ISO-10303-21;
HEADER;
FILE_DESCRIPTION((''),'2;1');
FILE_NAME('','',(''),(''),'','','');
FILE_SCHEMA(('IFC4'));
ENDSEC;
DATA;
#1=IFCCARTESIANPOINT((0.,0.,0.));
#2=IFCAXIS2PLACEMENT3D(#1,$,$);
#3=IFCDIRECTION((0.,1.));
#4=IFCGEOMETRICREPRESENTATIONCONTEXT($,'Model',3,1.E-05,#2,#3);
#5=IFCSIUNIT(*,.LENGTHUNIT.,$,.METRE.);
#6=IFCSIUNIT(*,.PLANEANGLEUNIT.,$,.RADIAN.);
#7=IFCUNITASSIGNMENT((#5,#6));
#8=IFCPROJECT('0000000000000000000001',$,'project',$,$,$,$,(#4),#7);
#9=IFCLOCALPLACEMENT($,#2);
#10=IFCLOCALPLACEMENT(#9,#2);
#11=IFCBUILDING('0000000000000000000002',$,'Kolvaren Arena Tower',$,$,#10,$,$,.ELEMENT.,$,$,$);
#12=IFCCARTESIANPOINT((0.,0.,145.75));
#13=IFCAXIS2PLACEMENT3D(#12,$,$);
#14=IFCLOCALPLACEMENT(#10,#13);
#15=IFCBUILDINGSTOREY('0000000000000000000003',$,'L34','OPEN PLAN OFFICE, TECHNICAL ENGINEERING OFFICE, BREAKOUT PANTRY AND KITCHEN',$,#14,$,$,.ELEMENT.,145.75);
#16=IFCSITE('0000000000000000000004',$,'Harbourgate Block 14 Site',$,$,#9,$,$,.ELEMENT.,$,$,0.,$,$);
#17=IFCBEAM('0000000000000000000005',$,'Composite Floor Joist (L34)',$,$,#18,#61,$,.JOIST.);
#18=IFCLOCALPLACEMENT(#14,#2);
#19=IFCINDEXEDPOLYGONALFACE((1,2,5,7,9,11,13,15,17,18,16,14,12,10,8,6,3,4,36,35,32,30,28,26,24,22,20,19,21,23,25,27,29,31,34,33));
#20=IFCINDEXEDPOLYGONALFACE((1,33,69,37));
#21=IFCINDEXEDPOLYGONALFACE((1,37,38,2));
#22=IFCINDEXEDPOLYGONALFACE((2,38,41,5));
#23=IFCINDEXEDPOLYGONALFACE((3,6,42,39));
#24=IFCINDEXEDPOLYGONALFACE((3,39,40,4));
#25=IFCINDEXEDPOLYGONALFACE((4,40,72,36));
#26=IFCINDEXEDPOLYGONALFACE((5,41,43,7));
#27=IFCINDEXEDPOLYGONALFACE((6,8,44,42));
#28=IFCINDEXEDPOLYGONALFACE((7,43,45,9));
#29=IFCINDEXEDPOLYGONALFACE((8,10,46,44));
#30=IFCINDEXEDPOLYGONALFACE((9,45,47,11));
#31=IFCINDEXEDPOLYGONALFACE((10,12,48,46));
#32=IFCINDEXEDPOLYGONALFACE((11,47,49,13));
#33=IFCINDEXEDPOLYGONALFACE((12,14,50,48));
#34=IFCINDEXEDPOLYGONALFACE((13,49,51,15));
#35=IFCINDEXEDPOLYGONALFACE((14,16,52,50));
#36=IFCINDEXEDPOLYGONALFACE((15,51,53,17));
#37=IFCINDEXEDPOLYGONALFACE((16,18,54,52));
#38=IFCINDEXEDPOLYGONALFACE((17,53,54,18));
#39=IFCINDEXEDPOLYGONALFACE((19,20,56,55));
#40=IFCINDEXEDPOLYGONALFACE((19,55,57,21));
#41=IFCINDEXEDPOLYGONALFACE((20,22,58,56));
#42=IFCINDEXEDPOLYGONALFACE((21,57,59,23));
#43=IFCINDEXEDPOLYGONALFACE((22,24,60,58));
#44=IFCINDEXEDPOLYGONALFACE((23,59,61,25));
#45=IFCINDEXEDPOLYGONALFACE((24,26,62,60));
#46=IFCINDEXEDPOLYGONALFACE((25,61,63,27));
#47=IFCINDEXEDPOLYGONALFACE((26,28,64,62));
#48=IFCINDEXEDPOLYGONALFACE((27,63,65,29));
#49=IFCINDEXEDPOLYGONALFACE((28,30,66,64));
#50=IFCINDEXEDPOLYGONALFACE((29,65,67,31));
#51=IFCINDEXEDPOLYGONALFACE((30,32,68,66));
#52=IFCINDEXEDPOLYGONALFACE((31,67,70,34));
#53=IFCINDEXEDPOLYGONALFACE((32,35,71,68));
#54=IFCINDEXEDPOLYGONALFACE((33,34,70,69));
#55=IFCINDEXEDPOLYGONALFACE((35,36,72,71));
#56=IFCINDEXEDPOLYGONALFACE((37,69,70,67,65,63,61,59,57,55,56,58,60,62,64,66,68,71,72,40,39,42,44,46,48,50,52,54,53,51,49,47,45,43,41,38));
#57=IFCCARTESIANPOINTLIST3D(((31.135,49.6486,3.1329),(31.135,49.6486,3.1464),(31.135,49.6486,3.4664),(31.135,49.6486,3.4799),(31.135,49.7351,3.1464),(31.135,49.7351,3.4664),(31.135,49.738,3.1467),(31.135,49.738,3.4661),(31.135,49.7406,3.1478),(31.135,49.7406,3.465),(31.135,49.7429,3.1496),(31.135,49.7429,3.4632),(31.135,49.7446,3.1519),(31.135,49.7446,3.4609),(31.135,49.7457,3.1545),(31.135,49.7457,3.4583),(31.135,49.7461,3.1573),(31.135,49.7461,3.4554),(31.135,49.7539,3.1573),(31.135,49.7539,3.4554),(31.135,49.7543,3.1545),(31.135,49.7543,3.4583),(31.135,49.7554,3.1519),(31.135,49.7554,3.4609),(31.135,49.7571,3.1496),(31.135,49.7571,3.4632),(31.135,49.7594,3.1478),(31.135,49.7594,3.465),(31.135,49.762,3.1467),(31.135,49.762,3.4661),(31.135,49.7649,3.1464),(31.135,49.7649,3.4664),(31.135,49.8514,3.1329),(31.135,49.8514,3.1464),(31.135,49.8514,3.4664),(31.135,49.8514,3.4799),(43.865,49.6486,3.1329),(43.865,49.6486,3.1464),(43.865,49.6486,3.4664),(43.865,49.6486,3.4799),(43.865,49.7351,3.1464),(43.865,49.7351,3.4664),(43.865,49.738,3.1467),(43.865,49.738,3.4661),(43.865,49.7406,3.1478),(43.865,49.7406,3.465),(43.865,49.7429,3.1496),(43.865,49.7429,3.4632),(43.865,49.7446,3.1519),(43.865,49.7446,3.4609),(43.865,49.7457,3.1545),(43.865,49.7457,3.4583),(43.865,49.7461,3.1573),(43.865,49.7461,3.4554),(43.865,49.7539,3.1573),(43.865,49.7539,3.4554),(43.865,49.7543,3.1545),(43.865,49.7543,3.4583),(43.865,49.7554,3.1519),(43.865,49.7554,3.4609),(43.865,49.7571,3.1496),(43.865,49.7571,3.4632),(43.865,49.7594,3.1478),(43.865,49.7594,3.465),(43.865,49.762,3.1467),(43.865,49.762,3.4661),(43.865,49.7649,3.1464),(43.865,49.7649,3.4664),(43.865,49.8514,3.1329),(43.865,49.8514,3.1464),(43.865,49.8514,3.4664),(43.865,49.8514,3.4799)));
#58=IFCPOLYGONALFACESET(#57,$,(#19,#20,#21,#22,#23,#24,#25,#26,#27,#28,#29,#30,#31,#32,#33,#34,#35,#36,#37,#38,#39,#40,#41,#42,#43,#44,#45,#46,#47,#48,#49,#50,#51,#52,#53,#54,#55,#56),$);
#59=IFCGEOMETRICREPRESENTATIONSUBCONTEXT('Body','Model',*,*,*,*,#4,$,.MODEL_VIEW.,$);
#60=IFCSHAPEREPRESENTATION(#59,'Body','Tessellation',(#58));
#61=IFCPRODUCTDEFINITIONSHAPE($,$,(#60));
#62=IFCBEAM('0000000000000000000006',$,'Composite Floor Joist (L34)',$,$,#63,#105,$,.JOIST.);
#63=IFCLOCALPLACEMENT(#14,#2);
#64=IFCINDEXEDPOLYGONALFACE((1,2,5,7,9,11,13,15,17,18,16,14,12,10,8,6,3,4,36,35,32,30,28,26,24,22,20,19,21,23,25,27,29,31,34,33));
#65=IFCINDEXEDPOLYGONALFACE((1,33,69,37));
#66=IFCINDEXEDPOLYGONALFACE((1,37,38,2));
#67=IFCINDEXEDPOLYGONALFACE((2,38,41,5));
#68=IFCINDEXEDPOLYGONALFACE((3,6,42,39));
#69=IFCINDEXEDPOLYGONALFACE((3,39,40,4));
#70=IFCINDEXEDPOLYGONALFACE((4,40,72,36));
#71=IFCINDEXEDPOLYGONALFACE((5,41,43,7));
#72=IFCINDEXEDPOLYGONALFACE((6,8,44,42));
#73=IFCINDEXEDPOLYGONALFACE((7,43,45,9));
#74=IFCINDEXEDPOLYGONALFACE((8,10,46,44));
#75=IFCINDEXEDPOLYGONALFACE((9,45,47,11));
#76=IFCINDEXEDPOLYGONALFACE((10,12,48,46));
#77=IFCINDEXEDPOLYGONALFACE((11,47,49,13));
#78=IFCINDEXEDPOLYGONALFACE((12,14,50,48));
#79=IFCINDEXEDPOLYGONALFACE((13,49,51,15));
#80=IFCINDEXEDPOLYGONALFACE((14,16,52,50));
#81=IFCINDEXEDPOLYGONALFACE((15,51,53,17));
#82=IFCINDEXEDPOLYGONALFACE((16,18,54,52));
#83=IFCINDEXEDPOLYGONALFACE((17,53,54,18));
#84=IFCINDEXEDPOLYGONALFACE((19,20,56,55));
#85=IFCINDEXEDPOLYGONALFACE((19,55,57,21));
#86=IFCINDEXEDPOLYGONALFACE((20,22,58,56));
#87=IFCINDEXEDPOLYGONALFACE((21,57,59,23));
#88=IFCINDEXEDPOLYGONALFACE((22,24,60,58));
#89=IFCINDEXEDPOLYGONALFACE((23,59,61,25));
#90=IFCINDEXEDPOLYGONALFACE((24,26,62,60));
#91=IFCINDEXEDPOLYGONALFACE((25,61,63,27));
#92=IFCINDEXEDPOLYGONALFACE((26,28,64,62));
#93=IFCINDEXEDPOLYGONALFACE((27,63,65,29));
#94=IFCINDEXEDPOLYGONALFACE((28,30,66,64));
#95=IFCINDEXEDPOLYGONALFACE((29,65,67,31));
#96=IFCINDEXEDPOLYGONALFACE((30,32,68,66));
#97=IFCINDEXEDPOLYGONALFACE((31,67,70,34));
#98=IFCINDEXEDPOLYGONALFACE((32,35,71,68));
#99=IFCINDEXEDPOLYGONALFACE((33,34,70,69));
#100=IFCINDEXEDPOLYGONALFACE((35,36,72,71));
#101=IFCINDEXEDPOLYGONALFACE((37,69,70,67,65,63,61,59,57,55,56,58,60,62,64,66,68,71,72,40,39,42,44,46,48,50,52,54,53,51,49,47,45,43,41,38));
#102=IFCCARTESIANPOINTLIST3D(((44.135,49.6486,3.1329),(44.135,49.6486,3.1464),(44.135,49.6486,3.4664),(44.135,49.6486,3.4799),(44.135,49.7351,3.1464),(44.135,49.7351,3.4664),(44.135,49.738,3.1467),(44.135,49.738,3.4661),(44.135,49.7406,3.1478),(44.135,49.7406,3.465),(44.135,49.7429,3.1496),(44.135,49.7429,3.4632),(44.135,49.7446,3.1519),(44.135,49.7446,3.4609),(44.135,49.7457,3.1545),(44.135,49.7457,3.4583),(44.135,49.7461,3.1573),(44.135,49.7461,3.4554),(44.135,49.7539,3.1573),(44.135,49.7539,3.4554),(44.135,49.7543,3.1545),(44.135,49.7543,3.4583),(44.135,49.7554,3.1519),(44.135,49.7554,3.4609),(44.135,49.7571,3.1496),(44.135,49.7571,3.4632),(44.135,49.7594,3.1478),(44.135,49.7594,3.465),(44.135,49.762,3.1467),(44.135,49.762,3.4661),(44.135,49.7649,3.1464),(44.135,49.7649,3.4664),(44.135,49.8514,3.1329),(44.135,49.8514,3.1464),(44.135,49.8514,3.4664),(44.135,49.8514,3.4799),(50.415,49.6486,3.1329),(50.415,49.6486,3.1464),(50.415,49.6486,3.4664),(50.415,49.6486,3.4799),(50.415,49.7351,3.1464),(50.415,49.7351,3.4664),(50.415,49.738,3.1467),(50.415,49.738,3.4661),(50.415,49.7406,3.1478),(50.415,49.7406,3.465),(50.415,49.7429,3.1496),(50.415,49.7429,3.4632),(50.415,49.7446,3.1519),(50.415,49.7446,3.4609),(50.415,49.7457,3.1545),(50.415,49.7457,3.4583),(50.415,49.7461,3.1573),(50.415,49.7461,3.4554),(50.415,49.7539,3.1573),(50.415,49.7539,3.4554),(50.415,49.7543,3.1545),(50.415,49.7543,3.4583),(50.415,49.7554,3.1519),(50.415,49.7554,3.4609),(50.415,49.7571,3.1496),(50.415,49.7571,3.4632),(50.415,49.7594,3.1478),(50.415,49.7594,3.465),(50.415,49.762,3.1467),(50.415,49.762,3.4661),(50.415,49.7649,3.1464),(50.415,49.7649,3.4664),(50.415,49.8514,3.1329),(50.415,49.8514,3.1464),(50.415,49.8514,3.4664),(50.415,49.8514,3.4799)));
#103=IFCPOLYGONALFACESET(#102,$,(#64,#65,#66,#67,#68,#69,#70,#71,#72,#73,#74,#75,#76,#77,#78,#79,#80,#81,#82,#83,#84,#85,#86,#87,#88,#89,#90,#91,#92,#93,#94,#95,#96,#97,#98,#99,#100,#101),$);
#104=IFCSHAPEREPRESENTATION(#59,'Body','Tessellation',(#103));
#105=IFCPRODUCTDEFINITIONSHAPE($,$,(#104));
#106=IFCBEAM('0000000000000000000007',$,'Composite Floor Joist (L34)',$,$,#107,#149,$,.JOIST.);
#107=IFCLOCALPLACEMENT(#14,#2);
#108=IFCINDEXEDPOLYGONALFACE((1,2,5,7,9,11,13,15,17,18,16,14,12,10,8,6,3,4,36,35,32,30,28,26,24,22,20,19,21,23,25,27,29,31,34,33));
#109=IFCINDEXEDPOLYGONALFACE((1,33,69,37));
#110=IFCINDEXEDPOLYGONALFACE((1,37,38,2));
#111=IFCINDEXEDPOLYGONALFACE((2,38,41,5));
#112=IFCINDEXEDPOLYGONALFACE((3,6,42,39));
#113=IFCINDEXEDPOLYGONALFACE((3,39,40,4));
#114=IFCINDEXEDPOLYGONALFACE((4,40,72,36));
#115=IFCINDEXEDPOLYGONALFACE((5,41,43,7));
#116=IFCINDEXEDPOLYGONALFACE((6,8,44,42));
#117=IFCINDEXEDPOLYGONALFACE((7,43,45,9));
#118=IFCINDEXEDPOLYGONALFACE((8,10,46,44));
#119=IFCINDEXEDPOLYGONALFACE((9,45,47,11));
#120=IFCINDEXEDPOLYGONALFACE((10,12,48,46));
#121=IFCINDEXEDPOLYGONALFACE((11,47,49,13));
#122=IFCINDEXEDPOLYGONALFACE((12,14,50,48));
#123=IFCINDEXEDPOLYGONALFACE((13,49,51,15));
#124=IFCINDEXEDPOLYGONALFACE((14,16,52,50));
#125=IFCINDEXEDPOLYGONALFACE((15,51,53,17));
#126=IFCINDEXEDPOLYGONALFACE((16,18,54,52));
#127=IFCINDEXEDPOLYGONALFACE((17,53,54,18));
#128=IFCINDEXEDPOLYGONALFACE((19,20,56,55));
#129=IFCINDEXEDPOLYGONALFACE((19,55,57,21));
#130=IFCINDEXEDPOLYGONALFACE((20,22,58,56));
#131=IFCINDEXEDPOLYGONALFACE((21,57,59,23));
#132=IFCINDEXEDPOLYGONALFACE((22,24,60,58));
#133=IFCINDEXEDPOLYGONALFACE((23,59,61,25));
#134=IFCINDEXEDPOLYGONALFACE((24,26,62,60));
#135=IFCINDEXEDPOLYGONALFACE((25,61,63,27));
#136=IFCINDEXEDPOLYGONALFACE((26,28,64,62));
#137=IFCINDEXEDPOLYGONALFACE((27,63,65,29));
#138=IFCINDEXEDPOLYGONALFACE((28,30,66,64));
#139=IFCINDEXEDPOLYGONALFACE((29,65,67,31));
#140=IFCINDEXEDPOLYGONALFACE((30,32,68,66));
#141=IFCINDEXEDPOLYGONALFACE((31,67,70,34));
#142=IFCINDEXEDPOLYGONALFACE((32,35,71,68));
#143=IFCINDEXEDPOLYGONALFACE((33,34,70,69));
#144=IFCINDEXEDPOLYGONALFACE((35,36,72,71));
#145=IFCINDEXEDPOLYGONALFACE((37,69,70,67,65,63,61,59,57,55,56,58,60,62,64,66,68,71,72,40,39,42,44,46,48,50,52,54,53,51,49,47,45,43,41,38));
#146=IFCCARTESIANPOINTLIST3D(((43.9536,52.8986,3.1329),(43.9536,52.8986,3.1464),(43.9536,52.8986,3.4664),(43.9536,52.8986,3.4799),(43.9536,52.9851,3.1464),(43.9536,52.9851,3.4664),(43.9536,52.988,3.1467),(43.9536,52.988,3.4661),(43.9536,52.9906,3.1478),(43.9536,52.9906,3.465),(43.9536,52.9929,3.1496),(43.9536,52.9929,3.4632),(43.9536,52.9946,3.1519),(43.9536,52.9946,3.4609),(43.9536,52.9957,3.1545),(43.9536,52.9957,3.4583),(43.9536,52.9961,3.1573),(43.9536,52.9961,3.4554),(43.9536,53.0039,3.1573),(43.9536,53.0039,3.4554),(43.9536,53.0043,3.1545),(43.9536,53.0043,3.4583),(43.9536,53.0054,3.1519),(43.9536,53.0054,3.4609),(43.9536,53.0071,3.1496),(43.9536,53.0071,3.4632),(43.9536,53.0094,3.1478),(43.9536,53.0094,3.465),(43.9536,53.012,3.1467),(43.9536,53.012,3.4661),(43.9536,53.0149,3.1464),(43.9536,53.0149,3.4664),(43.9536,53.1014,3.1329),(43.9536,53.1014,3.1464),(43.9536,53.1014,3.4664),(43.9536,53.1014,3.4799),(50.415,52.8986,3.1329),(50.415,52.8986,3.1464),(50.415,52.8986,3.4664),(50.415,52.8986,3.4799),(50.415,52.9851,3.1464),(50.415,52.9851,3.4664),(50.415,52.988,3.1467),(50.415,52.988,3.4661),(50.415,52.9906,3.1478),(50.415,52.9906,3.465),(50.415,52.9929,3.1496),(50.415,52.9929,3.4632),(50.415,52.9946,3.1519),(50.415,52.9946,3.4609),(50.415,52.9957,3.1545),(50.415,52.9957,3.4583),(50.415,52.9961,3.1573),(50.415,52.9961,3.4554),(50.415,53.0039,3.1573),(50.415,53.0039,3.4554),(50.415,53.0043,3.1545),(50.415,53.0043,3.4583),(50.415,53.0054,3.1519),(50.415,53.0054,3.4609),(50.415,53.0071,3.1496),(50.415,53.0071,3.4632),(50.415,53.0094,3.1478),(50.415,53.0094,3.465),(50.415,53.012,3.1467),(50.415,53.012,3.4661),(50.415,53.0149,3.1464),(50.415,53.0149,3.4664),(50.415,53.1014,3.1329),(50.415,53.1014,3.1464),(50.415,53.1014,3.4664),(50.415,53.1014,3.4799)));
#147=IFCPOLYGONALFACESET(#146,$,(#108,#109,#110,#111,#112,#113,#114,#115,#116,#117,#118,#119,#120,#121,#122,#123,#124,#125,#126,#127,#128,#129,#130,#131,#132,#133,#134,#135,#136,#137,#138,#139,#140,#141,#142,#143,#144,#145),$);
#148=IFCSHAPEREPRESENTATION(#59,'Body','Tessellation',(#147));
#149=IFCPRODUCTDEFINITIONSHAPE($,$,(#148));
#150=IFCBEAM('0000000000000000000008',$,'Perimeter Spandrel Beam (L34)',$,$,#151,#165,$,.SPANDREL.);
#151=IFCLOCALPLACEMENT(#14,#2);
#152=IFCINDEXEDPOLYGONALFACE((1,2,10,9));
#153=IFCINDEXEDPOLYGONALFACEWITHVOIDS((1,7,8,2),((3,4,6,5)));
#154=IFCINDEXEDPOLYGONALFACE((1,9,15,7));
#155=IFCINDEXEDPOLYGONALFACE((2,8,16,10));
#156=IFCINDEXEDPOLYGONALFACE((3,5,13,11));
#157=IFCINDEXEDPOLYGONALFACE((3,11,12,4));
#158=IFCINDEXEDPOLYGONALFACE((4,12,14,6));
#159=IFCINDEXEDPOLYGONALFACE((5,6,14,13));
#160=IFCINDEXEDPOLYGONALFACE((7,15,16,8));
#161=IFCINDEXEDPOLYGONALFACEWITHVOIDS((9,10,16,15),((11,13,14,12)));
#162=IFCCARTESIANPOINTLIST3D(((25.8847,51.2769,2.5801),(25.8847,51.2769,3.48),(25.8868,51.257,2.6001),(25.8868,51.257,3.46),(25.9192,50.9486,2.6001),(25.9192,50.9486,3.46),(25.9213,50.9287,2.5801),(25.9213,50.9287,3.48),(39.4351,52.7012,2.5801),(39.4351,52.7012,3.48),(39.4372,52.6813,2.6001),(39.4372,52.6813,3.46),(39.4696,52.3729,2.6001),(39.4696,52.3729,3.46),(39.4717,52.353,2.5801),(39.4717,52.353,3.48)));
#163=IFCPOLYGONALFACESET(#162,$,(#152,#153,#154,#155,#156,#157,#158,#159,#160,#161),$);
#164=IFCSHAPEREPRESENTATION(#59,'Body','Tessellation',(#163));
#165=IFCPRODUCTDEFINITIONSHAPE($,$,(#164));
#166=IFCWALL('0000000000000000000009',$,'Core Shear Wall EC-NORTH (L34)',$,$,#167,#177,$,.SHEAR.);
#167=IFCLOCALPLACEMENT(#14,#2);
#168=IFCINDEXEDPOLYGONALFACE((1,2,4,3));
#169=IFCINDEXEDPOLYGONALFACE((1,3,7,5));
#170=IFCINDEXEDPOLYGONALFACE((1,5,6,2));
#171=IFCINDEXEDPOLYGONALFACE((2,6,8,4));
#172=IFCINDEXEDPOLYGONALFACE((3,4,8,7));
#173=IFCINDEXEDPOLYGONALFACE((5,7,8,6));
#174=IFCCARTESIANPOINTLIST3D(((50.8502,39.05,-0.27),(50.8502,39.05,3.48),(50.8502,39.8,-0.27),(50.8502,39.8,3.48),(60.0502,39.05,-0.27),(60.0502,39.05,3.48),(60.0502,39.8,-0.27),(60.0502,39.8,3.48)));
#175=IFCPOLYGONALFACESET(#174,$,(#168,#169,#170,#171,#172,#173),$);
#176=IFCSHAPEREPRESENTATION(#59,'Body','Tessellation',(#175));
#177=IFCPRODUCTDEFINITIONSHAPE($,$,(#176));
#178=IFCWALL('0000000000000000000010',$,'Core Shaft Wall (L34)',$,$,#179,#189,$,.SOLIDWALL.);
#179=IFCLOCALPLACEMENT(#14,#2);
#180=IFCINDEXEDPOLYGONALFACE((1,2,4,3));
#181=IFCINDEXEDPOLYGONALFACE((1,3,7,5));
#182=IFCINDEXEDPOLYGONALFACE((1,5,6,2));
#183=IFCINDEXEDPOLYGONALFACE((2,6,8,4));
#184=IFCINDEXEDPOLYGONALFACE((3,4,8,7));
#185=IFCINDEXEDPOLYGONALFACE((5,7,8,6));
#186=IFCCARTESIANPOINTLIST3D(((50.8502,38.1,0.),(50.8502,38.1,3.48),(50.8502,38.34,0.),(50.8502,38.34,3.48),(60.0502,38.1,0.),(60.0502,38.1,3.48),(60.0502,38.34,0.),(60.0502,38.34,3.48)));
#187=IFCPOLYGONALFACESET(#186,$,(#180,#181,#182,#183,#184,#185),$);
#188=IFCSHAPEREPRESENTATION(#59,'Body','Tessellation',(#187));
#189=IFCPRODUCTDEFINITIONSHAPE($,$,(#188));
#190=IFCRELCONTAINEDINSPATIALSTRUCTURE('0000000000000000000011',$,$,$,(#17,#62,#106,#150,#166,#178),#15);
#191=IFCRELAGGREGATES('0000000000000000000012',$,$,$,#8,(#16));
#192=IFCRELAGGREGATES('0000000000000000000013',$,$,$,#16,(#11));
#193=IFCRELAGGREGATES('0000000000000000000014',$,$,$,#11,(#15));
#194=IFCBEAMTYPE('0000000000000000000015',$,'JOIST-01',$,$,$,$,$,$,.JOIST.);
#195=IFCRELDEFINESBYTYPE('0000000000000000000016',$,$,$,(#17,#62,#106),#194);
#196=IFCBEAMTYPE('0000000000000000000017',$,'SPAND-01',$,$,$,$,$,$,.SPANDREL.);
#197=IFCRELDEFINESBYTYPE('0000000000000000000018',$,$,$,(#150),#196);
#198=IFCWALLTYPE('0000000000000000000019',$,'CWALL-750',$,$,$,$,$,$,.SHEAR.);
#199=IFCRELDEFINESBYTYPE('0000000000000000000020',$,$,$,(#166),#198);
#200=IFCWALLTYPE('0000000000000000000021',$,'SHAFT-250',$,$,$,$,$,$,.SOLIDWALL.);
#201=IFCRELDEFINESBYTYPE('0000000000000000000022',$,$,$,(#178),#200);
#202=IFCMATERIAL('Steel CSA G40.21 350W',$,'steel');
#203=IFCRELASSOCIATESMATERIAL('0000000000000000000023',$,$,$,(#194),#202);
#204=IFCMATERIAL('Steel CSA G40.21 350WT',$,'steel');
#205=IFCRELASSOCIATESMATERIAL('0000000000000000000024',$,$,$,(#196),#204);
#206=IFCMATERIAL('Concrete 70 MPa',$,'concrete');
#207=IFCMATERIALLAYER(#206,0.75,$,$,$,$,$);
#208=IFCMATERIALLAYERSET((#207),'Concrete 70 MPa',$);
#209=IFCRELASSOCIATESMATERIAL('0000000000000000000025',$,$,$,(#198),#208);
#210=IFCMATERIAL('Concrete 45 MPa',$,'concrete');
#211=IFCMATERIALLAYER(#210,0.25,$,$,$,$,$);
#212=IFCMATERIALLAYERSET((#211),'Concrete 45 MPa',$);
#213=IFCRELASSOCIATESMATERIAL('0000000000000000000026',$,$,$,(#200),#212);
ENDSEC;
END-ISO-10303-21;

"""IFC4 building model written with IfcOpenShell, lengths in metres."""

from ifc_helpers import new_model, si_unit, direction, frame, frame_2d, origin, origin_2d, place, context, subcontext, project, spatial, rectangle, hollow_rectangle, i_section, extrude, material, layer, layer_set, material_profile, profile_set, type_object, element, save


model = new_model("IFC4")

# Units and contexts
model_context = context("Model", 3, precision=1e-05, world=origin(), true_north=direction((0.0, 1.0)))
body_context = subcontext(model_context, "Body", "Model", "MODEL_VIEW")
ifc_project = project(units=[si_unit("LENGTHUNIT", "METRE"), si_unit("PLANEANGLEUNIT", "RADIAN")], contexts=[model_context])

# Site, building, storey
site_placement = place(None, origin())
site = spatial("IfcSite", under=ifc_project, at=site_placement, Name="Harbourgate Block 14 Site", CompositionType="ELEMENT", RefElevation=0.0)
building_placement = place(site_placement, origin())
building = spatial("IfcBuilding", under=site, at=building_placement, Name="Kolvaren Arena Tower", CompositionType="ELEMENT")
storey_placement = place(building_placement, frame((0.0, 0.0, 145.75)))
storey = spatial("IfcBuildingStorey", under=building, at=storey_placement, Name="L34", Description="OPEN PLAN OFFICE, TECHNICAL ENGINEERING OFFICE, BREAKOUT PANTRY AND KITCHEN", CompositionType="ELEMENT", Elevation=145.75)

# Beams
ifc_material_1 = material(Name="Steel CSA G40.21 350W", Category="steel")
ifc_material_profile_1 = material_profile(ifc_material_1, i_section(OverallWidth=0.2029, OverallDepth=0.3469, WebThickness=0.0078, FlangeThickness=0.0134, FilletRadius=0.011, at=origin_2d()), Name="W360x64")
ifc_profile_set_1 = profile_set([ifc_material_profile_1], Name="Steel CSA G40.21 350W")
beam_type_1 = type_object("IfcBeamType", Name="JOIST-01", PredefinedType="JOIST", material=ifc_profile_set_1)
beam_1_placement = place(storey_placement, frame((31.135, 49.75, 3.3064), z_axis=(1.0, 0.0, 0.0), x_axis=(0.0, 1.0, 0.0)))
element("IfcBeam", 1, at=beam_1_placement, inside=storey, type_object=beam_type_1, Name="Composite Floor Joist (L34)", PredefinedType="JOIST", context=body_context, shape_type="SweptSolid", body=[
    extrude(i_section(OverallWidth=0.2029, OverallDepth=0.3469, WebThickness=0.0078, FlangeThickness=0.0134, FilletRadius=0.011, at=origin_2d()), origin(), (0.0, 0.0, 1.0), 12.73),
])
beam_2_placement = place(storey_placement, frame((44.135, 49.75, 3.3064), z_axis=(1.0, 0.0, 0.0), x_axis=(0.0, 1.0, 0.0)))
element("IfcBeam", 2, at=beam_2_placement, inside=storey, type_object=beam_type_1, Name="Composite Floor Joist (L34)", PredefinedType="JOIST", context=body_context, shape_type="SweptSolid", body=[
    extrude(i_section(OverallWidth=0.2029, OverallDepth=0.3469, WebThickness=0.0078, FlangeThickness=0.0134, FilletRadius=0.011, at=origin_2d()), origin(), (0.0, 0.0, 1.0), 6.28),
])
beam_3_placement = place(storey_placement, frame((43.9536, 53.0, 3.3064), z_axis=(1.0, 0.0, 0.0), x_axis=(0.0, 1.0, 0.0)))
element("IfcBeam", 3, at=beam_3_placement, inside=storey, type_object=beam_type_1, Name="Composite Floor Joist (L34)", PredefinedType="JOIST", context=body_context, shape_type="SweptSolid", body=[
    extrude(i_section(OverallWidth=0.2029, OverallDepth=0.3469, WebThickness=0.0078, FlangeThickness=0.0134, FilletRadius=0.011, at=origin_2d()), origin(), (0.0, 0.0, 1.0), 6.4614),
])
ifc_material_2 = material(Name="Steel CSA G40.21 350WT", Category="steel")
ifc_material_profile_2 = material_profile(ifc_material_2, hollow_rectangle(XDim=0.3501, YDim=0.8999, WallThickness=0.02, at=origin_2d()), Name="HSS 900x350x20")
ifc_profile_set_2 = profile_set([ifc_material_profile_2], Name="Steel CSA G40.21 350WT")
beam_type_2 = type_object("IfcBeamType", Name="SPAND-01", PredefinedType="SPANDREL", material=ifc_profile_set_2)
beam_4_placement = place(storey_placement, frame((39.4534, 52.5271, 3.03), z_axis=(-0.994521, -0.104537, 0.0), x_axis=(0.104537, -0.994521, 0.0)))
element("IfcBeam", 4, at=beam_4_placement, inside=storey, type_object=beam_type_2, Name="Perimeter Spandrel Beam (L34)", PredefinedType="SPANDREL", context=body_context, shape_type="SweptSolid", body=[
    extrude(hollow_rectangle(XDim=0.3501, YDim=0.8999, WallThickness=0.02, at=origin_2d()), origin(), (0.0, 0.0, 1.0), 13.625),
])

# Walls
ifc_material_3 = material(Name="Concrete 70 MPa", Category="concrete")
ifc_layer_1 = layer(ifc_material_3, 0.75)
ifc_layer_set_1 = layer_set([ifc_layer_1], Name="Concrete 70 MPa")
wall_type_1 = type_object("IfcWallType", Name="CWALL-750", PredefinedType="SHEAR", material=ifc_layer_set_1)
wall_1_placement = place(storey_placement, frame((50.8501, 39.425, -0.27), z_axis=(0.0, 0.0, 1.0), x_axis=(1.0, 0.0, 0.0)))
element("IfcWall", 5, at=wall_1_placement, inside=storey, type_object=wall_type_1, Name="Core Shear Wall EC-NORTH (L34)", PredefinedType="SHEAR", context=body_context, shape_type="SweptSolid", body=[
    extrude(rectangle(XDim=9.2, YDim=0.75, at=frame_2d((4.6001, 0.0))), origin(), (0.0, 0.0, 1.0), 3.75),
])
ifc_material_4 = material(Name="Concrete 45 MPa", Category="concrete")
ifc_layer_2 = layer(ifc_material_4, 0.25)
ifc_layer_set_2 = layer_set([ifc_layer_2], Name="Concrete 45 MPa")
wall_type_2 = type_object("IfcWallType", Name="SHAFT-250", PredefinedType="SOLIDWALL", material=ifc_layer_set_2)
wall_2_placement = place(storey_placement, frame((50.8501, 38.22, 0.0), z_axis=(0.0, 0.0, 1.0), x_axis=(1.0, 0.0, 0.0)))
element("IfcWall", 6, at=wall_2_placement, inside=storey, type_object=wall_type_2, Name="Core Shaft Wall (L34)", PredefinedType="SOLIDWALL", context=body_context, shape_type="SweptSolid", body=[
    extrude(rectangle(XDim=9.2, YDim=0.24, at=frame_2d((4.6001, 0.0))), origin(), (0.0, 0.0, 1.0), 3.48),
])

save(model, "model.ifc")
